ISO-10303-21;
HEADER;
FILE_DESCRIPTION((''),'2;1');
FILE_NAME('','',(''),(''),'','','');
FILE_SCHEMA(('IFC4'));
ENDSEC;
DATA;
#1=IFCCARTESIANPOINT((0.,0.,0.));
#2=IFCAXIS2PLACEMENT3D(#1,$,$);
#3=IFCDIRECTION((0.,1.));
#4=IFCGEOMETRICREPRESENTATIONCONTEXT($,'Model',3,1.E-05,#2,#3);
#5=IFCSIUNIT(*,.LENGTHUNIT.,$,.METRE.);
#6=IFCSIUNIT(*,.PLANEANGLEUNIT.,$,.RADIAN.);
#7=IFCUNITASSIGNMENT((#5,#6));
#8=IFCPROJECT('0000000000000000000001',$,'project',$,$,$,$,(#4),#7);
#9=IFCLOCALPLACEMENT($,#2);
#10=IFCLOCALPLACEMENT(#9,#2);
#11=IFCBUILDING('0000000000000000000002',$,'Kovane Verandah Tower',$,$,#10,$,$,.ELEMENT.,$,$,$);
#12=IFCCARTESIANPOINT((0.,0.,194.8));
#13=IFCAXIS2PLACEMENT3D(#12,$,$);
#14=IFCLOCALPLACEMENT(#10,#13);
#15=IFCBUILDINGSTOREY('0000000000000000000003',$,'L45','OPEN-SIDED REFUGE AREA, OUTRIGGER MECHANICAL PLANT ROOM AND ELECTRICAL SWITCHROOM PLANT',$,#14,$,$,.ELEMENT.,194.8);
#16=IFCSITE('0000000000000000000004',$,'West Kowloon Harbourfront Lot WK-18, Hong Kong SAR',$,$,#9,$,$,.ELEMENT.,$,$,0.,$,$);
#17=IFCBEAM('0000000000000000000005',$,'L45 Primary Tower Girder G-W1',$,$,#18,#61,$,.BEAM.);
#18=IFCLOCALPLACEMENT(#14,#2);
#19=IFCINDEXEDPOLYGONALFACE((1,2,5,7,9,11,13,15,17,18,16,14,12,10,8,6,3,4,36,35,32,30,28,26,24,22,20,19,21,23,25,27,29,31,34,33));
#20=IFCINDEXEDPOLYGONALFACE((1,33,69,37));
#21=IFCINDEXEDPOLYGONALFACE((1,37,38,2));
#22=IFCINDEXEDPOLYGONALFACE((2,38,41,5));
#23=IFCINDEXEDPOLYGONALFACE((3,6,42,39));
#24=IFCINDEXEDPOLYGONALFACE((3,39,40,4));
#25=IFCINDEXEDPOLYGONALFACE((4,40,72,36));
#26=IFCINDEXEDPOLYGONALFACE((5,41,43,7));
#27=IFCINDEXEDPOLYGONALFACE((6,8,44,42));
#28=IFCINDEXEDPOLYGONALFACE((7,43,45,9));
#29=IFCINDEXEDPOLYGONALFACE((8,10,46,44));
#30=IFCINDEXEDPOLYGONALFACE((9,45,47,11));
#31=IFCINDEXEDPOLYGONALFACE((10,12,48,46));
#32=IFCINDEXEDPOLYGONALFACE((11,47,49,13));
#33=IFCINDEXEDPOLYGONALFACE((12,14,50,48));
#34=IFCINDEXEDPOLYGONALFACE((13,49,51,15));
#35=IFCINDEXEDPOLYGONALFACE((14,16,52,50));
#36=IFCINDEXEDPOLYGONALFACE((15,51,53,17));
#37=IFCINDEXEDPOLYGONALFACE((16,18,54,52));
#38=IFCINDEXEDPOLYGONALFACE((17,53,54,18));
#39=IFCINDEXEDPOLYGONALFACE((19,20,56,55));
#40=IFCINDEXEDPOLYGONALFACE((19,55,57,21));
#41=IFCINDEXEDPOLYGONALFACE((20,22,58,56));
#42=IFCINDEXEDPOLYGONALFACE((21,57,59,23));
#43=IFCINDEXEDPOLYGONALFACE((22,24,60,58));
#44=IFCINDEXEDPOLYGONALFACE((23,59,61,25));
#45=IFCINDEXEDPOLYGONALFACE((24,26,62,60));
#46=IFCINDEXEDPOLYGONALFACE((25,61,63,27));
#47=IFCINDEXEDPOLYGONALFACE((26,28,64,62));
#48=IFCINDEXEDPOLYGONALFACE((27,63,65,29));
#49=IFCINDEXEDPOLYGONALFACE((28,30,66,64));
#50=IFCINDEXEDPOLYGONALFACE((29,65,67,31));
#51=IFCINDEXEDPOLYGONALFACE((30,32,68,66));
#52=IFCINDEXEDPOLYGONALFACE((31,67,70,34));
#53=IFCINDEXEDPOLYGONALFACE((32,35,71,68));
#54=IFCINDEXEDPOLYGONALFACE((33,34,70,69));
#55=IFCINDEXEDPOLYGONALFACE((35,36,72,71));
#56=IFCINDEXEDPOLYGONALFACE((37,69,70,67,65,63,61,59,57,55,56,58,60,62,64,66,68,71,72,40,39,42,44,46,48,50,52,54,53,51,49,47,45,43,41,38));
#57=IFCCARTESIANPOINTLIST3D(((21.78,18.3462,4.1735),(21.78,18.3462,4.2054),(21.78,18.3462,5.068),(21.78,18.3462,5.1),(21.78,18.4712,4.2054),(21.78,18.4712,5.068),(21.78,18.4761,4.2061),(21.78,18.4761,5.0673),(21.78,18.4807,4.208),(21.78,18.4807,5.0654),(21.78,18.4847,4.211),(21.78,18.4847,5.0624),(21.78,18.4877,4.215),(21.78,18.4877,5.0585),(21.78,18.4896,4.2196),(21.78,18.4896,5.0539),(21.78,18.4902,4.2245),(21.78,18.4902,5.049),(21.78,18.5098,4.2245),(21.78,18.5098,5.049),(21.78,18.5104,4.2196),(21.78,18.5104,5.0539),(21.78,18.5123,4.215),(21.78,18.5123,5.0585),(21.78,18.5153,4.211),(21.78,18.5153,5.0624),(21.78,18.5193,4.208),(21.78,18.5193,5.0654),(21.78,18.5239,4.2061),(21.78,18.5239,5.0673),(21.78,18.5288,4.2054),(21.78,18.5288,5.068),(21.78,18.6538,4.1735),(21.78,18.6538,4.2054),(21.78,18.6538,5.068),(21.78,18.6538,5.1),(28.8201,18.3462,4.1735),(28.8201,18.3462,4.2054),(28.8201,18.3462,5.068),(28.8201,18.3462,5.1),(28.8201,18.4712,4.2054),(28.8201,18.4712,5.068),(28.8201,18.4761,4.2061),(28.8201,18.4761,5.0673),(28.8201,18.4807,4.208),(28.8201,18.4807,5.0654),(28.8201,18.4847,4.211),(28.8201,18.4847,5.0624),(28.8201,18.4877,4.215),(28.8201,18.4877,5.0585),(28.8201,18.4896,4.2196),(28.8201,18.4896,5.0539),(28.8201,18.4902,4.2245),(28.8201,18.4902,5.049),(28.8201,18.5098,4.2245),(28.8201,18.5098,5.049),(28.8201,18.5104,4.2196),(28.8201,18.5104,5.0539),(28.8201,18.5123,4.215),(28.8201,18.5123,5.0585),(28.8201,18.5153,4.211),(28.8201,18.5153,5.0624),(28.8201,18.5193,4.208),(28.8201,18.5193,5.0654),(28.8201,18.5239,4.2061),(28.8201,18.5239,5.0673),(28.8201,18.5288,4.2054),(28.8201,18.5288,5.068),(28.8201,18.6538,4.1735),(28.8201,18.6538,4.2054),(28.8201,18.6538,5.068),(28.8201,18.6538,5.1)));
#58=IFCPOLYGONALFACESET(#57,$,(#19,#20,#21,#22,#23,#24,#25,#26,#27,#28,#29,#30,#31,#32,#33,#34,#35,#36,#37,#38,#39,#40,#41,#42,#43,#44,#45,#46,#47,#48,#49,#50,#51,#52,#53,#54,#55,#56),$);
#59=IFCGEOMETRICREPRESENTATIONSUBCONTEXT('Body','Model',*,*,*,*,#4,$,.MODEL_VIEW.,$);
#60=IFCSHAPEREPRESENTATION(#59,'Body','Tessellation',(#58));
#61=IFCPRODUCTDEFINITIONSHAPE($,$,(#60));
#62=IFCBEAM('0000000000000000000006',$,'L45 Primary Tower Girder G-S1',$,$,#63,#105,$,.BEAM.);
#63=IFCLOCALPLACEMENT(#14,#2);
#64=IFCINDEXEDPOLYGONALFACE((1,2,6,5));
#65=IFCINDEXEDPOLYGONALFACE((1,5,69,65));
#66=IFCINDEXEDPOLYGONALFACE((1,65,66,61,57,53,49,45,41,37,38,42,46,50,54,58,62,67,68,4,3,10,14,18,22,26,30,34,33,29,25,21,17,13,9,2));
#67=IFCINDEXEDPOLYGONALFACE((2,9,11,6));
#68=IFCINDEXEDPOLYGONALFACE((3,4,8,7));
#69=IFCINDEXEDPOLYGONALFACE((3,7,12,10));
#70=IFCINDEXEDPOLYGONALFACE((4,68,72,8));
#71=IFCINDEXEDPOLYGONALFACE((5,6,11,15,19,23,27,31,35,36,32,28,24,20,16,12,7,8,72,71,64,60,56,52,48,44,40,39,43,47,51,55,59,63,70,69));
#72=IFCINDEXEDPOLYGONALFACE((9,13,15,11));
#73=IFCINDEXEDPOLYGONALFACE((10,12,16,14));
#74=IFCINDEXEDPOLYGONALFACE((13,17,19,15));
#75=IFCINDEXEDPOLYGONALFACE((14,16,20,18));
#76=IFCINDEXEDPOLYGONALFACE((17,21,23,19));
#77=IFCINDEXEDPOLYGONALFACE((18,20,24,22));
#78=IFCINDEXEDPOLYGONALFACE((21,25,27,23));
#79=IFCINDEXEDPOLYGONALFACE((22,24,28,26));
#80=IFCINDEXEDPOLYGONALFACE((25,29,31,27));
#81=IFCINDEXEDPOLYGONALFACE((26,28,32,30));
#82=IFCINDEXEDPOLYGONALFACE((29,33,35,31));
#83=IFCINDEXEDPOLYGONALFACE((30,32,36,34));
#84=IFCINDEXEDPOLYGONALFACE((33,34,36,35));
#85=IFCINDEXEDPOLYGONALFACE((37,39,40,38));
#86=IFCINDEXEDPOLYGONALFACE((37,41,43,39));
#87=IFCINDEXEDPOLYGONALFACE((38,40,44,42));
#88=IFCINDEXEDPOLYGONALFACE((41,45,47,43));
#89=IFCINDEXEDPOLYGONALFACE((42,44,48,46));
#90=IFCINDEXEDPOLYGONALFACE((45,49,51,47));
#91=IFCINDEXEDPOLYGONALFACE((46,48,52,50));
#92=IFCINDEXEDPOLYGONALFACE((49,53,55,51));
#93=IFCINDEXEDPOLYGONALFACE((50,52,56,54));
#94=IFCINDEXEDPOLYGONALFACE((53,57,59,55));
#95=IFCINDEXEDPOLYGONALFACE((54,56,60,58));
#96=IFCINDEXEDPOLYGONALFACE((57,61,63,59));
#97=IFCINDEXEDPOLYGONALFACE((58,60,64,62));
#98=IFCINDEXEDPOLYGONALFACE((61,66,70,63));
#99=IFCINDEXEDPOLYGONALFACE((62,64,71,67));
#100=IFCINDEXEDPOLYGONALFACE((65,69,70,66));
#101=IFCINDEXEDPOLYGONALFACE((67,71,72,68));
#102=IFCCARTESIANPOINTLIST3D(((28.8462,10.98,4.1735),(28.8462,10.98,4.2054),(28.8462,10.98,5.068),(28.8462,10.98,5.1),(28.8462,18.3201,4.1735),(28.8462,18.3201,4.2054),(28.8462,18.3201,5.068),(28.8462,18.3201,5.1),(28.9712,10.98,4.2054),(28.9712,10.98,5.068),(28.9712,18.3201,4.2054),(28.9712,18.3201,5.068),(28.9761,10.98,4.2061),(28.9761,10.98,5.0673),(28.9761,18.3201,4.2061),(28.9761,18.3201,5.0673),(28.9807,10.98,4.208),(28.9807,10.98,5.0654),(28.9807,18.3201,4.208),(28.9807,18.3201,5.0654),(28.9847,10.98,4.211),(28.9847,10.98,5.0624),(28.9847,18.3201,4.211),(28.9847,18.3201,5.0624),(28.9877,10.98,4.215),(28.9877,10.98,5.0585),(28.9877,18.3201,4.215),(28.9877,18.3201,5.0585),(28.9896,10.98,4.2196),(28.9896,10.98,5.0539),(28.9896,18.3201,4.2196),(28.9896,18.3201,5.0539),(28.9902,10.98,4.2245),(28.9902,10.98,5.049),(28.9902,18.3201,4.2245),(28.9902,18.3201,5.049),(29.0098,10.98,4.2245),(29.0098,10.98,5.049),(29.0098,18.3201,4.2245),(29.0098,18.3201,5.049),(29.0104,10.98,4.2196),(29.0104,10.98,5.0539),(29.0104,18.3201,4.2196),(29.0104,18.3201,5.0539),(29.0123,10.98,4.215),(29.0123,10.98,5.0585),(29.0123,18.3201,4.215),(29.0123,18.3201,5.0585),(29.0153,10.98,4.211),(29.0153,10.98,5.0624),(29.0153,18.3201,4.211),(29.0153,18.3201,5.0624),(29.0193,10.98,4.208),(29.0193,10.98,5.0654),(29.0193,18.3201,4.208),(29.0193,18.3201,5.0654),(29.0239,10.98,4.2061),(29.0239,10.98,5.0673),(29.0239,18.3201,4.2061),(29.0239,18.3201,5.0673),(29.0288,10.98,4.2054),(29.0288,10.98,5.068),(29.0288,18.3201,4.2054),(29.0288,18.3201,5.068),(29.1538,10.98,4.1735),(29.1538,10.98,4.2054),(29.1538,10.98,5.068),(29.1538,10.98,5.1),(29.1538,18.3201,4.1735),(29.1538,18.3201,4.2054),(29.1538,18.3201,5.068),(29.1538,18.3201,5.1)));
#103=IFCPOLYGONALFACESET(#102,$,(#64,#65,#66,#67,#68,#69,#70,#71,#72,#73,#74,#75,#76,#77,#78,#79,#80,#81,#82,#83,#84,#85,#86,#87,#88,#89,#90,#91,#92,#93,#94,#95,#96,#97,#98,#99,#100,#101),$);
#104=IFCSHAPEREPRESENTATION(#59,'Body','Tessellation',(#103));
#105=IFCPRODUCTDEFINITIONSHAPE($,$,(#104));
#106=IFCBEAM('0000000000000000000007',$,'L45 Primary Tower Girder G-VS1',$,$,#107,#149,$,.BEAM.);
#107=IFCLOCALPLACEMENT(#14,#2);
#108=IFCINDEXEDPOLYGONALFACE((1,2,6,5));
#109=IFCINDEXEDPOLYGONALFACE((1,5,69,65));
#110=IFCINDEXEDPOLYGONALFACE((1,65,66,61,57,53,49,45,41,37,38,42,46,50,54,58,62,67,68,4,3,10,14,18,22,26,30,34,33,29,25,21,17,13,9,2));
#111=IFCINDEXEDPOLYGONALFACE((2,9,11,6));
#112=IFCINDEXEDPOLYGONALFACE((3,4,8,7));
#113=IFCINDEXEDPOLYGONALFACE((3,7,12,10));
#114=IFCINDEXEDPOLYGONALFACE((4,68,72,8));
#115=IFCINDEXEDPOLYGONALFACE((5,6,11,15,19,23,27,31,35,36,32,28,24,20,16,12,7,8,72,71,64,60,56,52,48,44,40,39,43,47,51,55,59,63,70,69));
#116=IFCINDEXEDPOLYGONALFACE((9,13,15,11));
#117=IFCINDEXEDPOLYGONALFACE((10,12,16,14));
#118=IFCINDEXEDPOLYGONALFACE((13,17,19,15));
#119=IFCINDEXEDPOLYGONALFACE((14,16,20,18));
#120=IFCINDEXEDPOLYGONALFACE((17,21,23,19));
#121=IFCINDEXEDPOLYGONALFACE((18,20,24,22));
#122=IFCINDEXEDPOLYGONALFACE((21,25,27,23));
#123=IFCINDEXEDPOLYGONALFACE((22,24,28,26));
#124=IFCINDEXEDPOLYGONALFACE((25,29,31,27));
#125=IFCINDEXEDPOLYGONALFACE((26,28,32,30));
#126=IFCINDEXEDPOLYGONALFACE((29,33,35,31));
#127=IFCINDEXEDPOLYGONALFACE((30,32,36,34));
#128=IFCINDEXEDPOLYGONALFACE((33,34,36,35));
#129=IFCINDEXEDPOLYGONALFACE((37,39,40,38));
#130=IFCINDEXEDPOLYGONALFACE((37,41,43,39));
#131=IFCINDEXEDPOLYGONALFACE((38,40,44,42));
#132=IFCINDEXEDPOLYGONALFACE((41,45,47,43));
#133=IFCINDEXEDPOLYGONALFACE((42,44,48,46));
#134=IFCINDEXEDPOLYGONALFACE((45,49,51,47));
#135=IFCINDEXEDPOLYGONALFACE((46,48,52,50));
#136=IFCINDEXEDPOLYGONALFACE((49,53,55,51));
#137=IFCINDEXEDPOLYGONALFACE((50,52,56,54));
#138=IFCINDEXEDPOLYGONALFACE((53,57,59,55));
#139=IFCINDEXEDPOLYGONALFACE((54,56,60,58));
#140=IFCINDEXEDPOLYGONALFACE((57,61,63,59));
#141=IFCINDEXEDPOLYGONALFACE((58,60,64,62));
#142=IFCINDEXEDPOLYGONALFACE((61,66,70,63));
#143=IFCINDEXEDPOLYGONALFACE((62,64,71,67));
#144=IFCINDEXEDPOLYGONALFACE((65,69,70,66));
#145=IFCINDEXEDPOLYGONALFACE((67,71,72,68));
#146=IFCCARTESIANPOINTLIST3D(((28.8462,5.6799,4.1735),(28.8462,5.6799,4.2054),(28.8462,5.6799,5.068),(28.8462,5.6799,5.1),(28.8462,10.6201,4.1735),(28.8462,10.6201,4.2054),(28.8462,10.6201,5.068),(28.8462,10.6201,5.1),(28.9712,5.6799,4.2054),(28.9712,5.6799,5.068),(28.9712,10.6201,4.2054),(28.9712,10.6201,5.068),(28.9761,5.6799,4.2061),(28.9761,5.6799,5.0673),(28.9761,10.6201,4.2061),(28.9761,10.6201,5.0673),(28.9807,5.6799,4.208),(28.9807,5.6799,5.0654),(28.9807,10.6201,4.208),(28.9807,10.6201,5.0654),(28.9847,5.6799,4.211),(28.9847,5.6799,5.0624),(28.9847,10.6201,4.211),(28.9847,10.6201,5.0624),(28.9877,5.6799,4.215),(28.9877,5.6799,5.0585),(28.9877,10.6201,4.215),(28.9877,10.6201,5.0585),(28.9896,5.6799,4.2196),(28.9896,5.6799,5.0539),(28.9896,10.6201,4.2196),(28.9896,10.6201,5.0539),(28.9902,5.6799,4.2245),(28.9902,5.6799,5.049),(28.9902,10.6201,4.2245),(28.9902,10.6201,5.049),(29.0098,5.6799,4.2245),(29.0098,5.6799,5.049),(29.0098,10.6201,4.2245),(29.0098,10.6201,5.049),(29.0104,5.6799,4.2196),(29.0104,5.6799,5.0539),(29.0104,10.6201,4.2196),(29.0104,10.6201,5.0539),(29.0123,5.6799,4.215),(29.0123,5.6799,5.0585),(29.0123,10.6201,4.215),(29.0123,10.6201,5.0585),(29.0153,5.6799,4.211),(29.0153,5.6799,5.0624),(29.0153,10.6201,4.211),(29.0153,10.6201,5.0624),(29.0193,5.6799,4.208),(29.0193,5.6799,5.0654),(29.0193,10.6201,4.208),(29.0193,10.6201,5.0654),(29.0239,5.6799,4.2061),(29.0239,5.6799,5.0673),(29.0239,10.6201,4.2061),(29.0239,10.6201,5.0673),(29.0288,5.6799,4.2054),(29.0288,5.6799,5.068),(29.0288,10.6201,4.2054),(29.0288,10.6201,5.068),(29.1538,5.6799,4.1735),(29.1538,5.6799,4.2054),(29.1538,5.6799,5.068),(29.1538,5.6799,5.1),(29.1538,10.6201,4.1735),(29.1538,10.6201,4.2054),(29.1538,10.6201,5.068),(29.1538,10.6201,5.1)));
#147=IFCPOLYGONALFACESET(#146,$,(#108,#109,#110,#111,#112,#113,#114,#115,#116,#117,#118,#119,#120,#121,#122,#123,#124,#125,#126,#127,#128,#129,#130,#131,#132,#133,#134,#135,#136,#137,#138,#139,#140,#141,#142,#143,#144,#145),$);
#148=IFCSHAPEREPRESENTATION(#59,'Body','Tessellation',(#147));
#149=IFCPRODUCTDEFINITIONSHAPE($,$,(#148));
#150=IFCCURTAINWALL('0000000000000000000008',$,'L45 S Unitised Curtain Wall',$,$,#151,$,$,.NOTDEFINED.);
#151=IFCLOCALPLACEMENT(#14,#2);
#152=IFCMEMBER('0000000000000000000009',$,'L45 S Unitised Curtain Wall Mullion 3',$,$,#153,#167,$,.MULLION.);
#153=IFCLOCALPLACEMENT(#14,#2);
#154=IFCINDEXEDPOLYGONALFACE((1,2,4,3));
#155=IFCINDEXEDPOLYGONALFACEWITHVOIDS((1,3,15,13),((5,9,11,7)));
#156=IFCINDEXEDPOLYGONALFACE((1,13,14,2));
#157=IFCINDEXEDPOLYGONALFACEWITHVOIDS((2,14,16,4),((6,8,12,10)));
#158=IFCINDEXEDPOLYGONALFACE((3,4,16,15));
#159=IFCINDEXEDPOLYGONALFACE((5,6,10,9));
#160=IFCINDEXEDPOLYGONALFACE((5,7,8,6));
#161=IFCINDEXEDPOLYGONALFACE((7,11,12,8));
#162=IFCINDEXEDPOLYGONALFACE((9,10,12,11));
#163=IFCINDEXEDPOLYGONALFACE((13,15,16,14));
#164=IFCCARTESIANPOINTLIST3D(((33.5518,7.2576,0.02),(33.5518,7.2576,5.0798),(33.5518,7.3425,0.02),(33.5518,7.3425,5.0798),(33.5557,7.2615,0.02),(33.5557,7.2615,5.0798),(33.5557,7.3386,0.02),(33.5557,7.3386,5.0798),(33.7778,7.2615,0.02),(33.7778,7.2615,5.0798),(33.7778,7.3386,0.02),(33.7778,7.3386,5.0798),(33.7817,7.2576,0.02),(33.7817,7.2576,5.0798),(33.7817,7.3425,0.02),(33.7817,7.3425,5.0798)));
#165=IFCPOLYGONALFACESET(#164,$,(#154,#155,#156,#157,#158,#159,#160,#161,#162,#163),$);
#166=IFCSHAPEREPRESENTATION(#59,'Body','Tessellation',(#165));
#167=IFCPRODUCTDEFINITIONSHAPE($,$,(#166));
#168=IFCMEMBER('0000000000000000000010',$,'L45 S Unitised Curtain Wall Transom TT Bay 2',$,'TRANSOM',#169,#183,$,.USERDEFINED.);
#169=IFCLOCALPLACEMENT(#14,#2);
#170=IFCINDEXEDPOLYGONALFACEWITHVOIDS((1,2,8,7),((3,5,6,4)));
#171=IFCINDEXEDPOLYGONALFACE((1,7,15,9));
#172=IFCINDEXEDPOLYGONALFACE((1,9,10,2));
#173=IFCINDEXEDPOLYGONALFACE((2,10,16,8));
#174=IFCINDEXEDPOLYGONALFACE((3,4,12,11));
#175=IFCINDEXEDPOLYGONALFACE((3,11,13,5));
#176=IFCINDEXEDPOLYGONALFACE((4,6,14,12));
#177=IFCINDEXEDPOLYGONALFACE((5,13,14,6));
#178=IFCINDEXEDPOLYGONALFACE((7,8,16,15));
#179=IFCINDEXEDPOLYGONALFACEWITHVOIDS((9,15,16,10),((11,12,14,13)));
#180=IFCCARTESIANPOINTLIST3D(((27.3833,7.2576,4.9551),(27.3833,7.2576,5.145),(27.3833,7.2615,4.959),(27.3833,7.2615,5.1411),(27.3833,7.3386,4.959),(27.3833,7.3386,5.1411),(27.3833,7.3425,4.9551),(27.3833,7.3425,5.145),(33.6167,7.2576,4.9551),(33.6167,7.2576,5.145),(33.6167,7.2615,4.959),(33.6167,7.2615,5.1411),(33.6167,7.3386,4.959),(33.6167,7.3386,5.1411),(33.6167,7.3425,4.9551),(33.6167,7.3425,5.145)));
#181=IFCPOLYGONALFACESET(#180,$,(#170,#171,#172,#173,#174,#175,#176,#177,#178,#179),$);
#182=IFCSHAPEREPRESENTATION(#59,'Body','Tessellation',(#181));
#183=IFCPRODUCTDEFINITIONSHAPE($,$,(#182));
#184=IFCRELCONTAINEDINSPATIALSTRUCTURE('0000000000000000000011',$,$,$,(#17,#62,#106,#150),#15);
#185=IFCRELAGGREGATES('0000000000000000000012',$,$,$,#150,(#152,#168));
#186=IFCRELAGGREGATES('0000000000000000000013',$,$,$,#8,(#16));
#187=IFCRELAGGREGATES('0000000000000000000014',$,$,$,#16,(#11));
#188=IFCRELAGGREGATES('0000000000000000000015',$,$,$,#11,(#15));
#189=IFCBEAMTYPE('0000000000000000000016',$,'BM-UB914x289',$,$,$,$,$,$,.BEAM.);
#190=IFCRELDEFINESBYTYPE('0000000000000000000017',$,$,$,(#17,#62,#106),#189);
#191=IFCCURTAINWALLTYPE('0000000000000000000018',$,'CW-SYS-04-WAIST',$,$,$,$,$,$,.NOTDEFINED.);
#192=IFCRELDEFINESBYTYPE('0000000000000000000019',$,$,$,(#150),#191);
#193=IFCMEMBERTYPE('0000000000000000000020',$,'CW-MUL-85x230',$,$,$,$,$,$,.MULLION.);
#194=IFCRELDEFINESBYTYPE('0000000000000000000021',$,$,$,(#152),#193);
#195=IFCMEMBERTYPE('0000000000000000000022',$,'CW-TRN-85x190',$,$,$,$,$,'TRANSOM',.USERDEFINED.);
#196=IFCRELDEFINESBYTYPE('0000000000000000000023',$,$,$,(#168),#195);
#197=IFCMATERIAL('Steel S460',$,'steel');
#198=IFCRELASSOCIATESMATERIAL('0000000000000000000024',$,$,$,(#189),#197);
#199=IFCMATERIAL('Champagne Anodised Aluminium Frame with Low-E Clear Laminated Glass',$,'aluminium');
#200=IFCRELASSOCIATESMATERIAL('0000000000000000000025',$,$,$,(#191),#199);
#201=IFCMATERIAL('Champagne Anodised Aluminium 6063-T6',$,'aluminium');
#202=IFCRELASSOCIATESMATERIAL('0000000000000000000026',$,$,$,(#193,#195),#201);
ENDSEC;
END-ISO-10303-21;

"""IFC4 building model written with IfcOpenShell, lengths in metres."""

from ifc_helpers import new_model, si_unit, direction, frame, origin, origin_2d, place, context, subcontext, project, spatial, hollow_rectangle, i_section, extrude, material, material_profile, profile_set, type_object, element, aggregate, save


model = new_model("IFC4")

# Units and contexts
model_context = context("Model", 3, precision=1e-05, world=origin(), true_north=direction((0.0, 1.0)))
body_context = subcontext(model_context, "Body", "Model", "MODEL_VIEW")
ifc_project = project(units=[si_unit("LENGTHUNIT", "METRE"), si_unit("PLANEANGLEUNIT", "RADIAN")], contexts=[model_context])

# Site, building, storey
site_placement = place(None, origin())
site = spatial("IfcSite", under=ifc_project, at=site_placement, Name="West Kowloon Harbourfront Lot WK-18, Hong Kong SAR", CompositionType="ELEMENT", RefElevation=0.0)
building_placement = place(site_placement, origin())
building = spatial("IfcBuilding", under=site, at=building_placement, Name="Kovane Verandah Tower", CompositionType="ELEMENT")
storey_placement = place(building_placement, frame((0.0, 0.0, 194.8)))
storey = spatial("IfcBuildingStorey", under=building, at=storey_placement, Name="L45", Description="OPEN-SIDED REFUGE AREA, OUTRIGGER MECHANICAL PLANT ROOM AND ELECTRICAL SWITCHROOM PLANT", CompositionType="ELEMENT", Elevation=194.8)

# Shared definitions
ifc_material_1 = material(Name="Steel S460", Category="steel")

# Beams
ifc_material_profile_1 = material_profile(ifc_material_1, i_section(OverallWidth=0.3076, OverallDepth=0.9265, WebThickness=0.0195, FlangeThickness=0.032, FilletRadius=0.019, at=origin_2d()), Name="UB914x305x289")
ifc_profile_set_1 = profile_set([ifc_material_profile_1], Name="Steel S460")
beam_type_1 = type_object("IfcBeamType", Name="BM-UB914x289", PredefinedType="BEAM", material=ifc_profile_set_1)
beam_1_placement = place(storey_placement, frame((28.8201, 18.5, 4.6367), z_axis=(-1.0, 0.0, 0.0), x_axis=(0.0, -1.0, 0.0)))
element("IfcBeam", 1, at=beam_1_placement, inside=storey, type_object=beam_type_1, Name="L45 Primary Tower Girder G-W1", PredefinedType="BEAM", context=body_context, shape_type="SweptSolid", body=[
    extrude(i_section(OverallWidth=0.3076, OverallDepth=0.9265, WebThickness=0.0195, FlangeThickness=0.032, FilletRadius=0.019, at=origin_2d()), origin(), (0.0, 0.0, 1.0), 7.04),
])
beam_2_placement = place(storey_placement, frame((29.0, 18.3201, 4.6367), z_axis=(0.0, -1.0, 0.0), x_axis=(1.0, 0.0, 0.0)))
element("IfcBeam", 2, at=beam_2_placement, inside=storey, type_object=beam_type_1, Name="L45 Primary Tower Girder G-S1", PredefinedType="BEAM", context=body_context, shape_type="SweptSolid", body=[
    extrude(i_section(OverallWidth=0.3076, OverallDepth=0.9265, WebThickness=0.0195, FlangeThickness=0.032, FilletRadius=0.019, at=origin_2d()), origin(), (0.0, 0.0, 1.0), 7.3401),
])
beam_3_placement = place(storey_placement, frame((29.0, 10.6201, 4.6367), z_axis=(0.0, -1.0, 0.0), x_axis=(1.0, 0.0, 0.0)))
element("IfcBeam", 3, at=beam_3_placement, inside=storey, type_object=beam_type_1, Name="L45 Primary Tower Girder G-VS1", PredefinedType="BEAM", context=body_context, shape_type="SweptSolid", body=[
    extrude(i_section(OverallWidth=0.3076, OverallDepth=0.9265, WebThickness=0.0195, FlangeThickness=0.032, FilletRadius=0.019, at=origin_2d()), origin(), (0.0, 0.0, 1.0), 4.9402),
])

# Curtain wall, members
ifc_material_2 = material(Name="Champagne Anodised Aluminium Frame with Low-E Clear Laminated Glass", Category="aluminium")
curtain_wall_type = type_object("IfcCurtainWallType", Name="CW-SYS-04-WAIST", PredefinedType="NOTDEFINED", material=ifc_material_2)
curtain_wall_placement = place(storey_placement, origin())
curtain_wall = element("IfcCurtainWall", 4, at=curtain_wall_placement, inside=storey, type_object=curtain_wall_type, Name="L45 S Unitised Curtain Wall", PredefinedType="NOTDEFINED")
ifc_material_3 = material(Name="Champagne Anodised Aluminium 6063-T6", Category="aluminium")
ifc_material_profile_2 = material_profile(ifc_material_3, hollow_rectangle(XDim=0.085, YDim=0.23, WallThickness=0.0039, at=origin_2d()), Name="AL85x230x4")
ifc_profile_set_2 = profile_set([ifc_material_profile_2], Name="Champagne Anodised Aluminium 6063-T6")
member_type_1 = type_object("IfcMemberType", Name="CW-MUL-85x230", PredefinedType="MULLION", material=ifc_profile_set_2)
member_1_placement = place(storey_placement, frame((33.6667, 7.3, 0.02), z_axis=(0.0, 0.0, 1.0), x_axis=(0.0, -1.0, 0.0)))
member_1 = element("IfcMember", 5, at=member_1_placement, type_object=member_type_1, Name="L45 S Unitised Curtain Wall Mullion 3", PredefinedType="MULLION", context=body_context, shape_type="SweptSolid", body=[
    extrude(hollow_rectangle(XDim=0.085, YDim=0.23, WallThickness=0.0039, at=origin_2d()), origin(), (0.0, 0.0, 1.0), 5.0598),
])
ifc_material_profile_3 = material_profile(ifc_material_3, hollow_rectangle(XDim=0.085, YDim=0.1899, WallThickness=0.0039, at=origin_2d()), Name="AL85x190x4")
ifc_profile_set_3 = profile_set([ifc_material_profile_3], Name="Champagne Anodised Aluminium 6063-T6")
member_type_2 = type_object("IfcMemberType", Name="CW-TRN-85x190", ElementType="TRANSOM", PredefinedType="USERDEFINED", material=ifc_profile_set_3)
member_2_placement = place(storey_placement, frame((27.3833, 7.3, 5.05), z_axis=(1.0, 0.0, 0.0), x_axis=(0.0, 1.0, 0.0)))
member_2 = element("IfcMember", 6, at=member_2_placement, type_object=member_type_2, Name="L45 S Unitised Curtain Wall Transom TT Bay 2", ObjectType="TRANSOM", PredefinedType="USERDEFINED", context=body_context, shape_type="SweptSolid", body=[
    extrude(hollow_rectangle(XDim=0.085, YDim=0.1899, WallThickness=0.0039, at=origin_2d()), origin(), (0.0, 0.0, 1.0), 6.2334),
])
aggregate(curtain_wall, [member_1, member_2])

save(model, "model.ifc")
